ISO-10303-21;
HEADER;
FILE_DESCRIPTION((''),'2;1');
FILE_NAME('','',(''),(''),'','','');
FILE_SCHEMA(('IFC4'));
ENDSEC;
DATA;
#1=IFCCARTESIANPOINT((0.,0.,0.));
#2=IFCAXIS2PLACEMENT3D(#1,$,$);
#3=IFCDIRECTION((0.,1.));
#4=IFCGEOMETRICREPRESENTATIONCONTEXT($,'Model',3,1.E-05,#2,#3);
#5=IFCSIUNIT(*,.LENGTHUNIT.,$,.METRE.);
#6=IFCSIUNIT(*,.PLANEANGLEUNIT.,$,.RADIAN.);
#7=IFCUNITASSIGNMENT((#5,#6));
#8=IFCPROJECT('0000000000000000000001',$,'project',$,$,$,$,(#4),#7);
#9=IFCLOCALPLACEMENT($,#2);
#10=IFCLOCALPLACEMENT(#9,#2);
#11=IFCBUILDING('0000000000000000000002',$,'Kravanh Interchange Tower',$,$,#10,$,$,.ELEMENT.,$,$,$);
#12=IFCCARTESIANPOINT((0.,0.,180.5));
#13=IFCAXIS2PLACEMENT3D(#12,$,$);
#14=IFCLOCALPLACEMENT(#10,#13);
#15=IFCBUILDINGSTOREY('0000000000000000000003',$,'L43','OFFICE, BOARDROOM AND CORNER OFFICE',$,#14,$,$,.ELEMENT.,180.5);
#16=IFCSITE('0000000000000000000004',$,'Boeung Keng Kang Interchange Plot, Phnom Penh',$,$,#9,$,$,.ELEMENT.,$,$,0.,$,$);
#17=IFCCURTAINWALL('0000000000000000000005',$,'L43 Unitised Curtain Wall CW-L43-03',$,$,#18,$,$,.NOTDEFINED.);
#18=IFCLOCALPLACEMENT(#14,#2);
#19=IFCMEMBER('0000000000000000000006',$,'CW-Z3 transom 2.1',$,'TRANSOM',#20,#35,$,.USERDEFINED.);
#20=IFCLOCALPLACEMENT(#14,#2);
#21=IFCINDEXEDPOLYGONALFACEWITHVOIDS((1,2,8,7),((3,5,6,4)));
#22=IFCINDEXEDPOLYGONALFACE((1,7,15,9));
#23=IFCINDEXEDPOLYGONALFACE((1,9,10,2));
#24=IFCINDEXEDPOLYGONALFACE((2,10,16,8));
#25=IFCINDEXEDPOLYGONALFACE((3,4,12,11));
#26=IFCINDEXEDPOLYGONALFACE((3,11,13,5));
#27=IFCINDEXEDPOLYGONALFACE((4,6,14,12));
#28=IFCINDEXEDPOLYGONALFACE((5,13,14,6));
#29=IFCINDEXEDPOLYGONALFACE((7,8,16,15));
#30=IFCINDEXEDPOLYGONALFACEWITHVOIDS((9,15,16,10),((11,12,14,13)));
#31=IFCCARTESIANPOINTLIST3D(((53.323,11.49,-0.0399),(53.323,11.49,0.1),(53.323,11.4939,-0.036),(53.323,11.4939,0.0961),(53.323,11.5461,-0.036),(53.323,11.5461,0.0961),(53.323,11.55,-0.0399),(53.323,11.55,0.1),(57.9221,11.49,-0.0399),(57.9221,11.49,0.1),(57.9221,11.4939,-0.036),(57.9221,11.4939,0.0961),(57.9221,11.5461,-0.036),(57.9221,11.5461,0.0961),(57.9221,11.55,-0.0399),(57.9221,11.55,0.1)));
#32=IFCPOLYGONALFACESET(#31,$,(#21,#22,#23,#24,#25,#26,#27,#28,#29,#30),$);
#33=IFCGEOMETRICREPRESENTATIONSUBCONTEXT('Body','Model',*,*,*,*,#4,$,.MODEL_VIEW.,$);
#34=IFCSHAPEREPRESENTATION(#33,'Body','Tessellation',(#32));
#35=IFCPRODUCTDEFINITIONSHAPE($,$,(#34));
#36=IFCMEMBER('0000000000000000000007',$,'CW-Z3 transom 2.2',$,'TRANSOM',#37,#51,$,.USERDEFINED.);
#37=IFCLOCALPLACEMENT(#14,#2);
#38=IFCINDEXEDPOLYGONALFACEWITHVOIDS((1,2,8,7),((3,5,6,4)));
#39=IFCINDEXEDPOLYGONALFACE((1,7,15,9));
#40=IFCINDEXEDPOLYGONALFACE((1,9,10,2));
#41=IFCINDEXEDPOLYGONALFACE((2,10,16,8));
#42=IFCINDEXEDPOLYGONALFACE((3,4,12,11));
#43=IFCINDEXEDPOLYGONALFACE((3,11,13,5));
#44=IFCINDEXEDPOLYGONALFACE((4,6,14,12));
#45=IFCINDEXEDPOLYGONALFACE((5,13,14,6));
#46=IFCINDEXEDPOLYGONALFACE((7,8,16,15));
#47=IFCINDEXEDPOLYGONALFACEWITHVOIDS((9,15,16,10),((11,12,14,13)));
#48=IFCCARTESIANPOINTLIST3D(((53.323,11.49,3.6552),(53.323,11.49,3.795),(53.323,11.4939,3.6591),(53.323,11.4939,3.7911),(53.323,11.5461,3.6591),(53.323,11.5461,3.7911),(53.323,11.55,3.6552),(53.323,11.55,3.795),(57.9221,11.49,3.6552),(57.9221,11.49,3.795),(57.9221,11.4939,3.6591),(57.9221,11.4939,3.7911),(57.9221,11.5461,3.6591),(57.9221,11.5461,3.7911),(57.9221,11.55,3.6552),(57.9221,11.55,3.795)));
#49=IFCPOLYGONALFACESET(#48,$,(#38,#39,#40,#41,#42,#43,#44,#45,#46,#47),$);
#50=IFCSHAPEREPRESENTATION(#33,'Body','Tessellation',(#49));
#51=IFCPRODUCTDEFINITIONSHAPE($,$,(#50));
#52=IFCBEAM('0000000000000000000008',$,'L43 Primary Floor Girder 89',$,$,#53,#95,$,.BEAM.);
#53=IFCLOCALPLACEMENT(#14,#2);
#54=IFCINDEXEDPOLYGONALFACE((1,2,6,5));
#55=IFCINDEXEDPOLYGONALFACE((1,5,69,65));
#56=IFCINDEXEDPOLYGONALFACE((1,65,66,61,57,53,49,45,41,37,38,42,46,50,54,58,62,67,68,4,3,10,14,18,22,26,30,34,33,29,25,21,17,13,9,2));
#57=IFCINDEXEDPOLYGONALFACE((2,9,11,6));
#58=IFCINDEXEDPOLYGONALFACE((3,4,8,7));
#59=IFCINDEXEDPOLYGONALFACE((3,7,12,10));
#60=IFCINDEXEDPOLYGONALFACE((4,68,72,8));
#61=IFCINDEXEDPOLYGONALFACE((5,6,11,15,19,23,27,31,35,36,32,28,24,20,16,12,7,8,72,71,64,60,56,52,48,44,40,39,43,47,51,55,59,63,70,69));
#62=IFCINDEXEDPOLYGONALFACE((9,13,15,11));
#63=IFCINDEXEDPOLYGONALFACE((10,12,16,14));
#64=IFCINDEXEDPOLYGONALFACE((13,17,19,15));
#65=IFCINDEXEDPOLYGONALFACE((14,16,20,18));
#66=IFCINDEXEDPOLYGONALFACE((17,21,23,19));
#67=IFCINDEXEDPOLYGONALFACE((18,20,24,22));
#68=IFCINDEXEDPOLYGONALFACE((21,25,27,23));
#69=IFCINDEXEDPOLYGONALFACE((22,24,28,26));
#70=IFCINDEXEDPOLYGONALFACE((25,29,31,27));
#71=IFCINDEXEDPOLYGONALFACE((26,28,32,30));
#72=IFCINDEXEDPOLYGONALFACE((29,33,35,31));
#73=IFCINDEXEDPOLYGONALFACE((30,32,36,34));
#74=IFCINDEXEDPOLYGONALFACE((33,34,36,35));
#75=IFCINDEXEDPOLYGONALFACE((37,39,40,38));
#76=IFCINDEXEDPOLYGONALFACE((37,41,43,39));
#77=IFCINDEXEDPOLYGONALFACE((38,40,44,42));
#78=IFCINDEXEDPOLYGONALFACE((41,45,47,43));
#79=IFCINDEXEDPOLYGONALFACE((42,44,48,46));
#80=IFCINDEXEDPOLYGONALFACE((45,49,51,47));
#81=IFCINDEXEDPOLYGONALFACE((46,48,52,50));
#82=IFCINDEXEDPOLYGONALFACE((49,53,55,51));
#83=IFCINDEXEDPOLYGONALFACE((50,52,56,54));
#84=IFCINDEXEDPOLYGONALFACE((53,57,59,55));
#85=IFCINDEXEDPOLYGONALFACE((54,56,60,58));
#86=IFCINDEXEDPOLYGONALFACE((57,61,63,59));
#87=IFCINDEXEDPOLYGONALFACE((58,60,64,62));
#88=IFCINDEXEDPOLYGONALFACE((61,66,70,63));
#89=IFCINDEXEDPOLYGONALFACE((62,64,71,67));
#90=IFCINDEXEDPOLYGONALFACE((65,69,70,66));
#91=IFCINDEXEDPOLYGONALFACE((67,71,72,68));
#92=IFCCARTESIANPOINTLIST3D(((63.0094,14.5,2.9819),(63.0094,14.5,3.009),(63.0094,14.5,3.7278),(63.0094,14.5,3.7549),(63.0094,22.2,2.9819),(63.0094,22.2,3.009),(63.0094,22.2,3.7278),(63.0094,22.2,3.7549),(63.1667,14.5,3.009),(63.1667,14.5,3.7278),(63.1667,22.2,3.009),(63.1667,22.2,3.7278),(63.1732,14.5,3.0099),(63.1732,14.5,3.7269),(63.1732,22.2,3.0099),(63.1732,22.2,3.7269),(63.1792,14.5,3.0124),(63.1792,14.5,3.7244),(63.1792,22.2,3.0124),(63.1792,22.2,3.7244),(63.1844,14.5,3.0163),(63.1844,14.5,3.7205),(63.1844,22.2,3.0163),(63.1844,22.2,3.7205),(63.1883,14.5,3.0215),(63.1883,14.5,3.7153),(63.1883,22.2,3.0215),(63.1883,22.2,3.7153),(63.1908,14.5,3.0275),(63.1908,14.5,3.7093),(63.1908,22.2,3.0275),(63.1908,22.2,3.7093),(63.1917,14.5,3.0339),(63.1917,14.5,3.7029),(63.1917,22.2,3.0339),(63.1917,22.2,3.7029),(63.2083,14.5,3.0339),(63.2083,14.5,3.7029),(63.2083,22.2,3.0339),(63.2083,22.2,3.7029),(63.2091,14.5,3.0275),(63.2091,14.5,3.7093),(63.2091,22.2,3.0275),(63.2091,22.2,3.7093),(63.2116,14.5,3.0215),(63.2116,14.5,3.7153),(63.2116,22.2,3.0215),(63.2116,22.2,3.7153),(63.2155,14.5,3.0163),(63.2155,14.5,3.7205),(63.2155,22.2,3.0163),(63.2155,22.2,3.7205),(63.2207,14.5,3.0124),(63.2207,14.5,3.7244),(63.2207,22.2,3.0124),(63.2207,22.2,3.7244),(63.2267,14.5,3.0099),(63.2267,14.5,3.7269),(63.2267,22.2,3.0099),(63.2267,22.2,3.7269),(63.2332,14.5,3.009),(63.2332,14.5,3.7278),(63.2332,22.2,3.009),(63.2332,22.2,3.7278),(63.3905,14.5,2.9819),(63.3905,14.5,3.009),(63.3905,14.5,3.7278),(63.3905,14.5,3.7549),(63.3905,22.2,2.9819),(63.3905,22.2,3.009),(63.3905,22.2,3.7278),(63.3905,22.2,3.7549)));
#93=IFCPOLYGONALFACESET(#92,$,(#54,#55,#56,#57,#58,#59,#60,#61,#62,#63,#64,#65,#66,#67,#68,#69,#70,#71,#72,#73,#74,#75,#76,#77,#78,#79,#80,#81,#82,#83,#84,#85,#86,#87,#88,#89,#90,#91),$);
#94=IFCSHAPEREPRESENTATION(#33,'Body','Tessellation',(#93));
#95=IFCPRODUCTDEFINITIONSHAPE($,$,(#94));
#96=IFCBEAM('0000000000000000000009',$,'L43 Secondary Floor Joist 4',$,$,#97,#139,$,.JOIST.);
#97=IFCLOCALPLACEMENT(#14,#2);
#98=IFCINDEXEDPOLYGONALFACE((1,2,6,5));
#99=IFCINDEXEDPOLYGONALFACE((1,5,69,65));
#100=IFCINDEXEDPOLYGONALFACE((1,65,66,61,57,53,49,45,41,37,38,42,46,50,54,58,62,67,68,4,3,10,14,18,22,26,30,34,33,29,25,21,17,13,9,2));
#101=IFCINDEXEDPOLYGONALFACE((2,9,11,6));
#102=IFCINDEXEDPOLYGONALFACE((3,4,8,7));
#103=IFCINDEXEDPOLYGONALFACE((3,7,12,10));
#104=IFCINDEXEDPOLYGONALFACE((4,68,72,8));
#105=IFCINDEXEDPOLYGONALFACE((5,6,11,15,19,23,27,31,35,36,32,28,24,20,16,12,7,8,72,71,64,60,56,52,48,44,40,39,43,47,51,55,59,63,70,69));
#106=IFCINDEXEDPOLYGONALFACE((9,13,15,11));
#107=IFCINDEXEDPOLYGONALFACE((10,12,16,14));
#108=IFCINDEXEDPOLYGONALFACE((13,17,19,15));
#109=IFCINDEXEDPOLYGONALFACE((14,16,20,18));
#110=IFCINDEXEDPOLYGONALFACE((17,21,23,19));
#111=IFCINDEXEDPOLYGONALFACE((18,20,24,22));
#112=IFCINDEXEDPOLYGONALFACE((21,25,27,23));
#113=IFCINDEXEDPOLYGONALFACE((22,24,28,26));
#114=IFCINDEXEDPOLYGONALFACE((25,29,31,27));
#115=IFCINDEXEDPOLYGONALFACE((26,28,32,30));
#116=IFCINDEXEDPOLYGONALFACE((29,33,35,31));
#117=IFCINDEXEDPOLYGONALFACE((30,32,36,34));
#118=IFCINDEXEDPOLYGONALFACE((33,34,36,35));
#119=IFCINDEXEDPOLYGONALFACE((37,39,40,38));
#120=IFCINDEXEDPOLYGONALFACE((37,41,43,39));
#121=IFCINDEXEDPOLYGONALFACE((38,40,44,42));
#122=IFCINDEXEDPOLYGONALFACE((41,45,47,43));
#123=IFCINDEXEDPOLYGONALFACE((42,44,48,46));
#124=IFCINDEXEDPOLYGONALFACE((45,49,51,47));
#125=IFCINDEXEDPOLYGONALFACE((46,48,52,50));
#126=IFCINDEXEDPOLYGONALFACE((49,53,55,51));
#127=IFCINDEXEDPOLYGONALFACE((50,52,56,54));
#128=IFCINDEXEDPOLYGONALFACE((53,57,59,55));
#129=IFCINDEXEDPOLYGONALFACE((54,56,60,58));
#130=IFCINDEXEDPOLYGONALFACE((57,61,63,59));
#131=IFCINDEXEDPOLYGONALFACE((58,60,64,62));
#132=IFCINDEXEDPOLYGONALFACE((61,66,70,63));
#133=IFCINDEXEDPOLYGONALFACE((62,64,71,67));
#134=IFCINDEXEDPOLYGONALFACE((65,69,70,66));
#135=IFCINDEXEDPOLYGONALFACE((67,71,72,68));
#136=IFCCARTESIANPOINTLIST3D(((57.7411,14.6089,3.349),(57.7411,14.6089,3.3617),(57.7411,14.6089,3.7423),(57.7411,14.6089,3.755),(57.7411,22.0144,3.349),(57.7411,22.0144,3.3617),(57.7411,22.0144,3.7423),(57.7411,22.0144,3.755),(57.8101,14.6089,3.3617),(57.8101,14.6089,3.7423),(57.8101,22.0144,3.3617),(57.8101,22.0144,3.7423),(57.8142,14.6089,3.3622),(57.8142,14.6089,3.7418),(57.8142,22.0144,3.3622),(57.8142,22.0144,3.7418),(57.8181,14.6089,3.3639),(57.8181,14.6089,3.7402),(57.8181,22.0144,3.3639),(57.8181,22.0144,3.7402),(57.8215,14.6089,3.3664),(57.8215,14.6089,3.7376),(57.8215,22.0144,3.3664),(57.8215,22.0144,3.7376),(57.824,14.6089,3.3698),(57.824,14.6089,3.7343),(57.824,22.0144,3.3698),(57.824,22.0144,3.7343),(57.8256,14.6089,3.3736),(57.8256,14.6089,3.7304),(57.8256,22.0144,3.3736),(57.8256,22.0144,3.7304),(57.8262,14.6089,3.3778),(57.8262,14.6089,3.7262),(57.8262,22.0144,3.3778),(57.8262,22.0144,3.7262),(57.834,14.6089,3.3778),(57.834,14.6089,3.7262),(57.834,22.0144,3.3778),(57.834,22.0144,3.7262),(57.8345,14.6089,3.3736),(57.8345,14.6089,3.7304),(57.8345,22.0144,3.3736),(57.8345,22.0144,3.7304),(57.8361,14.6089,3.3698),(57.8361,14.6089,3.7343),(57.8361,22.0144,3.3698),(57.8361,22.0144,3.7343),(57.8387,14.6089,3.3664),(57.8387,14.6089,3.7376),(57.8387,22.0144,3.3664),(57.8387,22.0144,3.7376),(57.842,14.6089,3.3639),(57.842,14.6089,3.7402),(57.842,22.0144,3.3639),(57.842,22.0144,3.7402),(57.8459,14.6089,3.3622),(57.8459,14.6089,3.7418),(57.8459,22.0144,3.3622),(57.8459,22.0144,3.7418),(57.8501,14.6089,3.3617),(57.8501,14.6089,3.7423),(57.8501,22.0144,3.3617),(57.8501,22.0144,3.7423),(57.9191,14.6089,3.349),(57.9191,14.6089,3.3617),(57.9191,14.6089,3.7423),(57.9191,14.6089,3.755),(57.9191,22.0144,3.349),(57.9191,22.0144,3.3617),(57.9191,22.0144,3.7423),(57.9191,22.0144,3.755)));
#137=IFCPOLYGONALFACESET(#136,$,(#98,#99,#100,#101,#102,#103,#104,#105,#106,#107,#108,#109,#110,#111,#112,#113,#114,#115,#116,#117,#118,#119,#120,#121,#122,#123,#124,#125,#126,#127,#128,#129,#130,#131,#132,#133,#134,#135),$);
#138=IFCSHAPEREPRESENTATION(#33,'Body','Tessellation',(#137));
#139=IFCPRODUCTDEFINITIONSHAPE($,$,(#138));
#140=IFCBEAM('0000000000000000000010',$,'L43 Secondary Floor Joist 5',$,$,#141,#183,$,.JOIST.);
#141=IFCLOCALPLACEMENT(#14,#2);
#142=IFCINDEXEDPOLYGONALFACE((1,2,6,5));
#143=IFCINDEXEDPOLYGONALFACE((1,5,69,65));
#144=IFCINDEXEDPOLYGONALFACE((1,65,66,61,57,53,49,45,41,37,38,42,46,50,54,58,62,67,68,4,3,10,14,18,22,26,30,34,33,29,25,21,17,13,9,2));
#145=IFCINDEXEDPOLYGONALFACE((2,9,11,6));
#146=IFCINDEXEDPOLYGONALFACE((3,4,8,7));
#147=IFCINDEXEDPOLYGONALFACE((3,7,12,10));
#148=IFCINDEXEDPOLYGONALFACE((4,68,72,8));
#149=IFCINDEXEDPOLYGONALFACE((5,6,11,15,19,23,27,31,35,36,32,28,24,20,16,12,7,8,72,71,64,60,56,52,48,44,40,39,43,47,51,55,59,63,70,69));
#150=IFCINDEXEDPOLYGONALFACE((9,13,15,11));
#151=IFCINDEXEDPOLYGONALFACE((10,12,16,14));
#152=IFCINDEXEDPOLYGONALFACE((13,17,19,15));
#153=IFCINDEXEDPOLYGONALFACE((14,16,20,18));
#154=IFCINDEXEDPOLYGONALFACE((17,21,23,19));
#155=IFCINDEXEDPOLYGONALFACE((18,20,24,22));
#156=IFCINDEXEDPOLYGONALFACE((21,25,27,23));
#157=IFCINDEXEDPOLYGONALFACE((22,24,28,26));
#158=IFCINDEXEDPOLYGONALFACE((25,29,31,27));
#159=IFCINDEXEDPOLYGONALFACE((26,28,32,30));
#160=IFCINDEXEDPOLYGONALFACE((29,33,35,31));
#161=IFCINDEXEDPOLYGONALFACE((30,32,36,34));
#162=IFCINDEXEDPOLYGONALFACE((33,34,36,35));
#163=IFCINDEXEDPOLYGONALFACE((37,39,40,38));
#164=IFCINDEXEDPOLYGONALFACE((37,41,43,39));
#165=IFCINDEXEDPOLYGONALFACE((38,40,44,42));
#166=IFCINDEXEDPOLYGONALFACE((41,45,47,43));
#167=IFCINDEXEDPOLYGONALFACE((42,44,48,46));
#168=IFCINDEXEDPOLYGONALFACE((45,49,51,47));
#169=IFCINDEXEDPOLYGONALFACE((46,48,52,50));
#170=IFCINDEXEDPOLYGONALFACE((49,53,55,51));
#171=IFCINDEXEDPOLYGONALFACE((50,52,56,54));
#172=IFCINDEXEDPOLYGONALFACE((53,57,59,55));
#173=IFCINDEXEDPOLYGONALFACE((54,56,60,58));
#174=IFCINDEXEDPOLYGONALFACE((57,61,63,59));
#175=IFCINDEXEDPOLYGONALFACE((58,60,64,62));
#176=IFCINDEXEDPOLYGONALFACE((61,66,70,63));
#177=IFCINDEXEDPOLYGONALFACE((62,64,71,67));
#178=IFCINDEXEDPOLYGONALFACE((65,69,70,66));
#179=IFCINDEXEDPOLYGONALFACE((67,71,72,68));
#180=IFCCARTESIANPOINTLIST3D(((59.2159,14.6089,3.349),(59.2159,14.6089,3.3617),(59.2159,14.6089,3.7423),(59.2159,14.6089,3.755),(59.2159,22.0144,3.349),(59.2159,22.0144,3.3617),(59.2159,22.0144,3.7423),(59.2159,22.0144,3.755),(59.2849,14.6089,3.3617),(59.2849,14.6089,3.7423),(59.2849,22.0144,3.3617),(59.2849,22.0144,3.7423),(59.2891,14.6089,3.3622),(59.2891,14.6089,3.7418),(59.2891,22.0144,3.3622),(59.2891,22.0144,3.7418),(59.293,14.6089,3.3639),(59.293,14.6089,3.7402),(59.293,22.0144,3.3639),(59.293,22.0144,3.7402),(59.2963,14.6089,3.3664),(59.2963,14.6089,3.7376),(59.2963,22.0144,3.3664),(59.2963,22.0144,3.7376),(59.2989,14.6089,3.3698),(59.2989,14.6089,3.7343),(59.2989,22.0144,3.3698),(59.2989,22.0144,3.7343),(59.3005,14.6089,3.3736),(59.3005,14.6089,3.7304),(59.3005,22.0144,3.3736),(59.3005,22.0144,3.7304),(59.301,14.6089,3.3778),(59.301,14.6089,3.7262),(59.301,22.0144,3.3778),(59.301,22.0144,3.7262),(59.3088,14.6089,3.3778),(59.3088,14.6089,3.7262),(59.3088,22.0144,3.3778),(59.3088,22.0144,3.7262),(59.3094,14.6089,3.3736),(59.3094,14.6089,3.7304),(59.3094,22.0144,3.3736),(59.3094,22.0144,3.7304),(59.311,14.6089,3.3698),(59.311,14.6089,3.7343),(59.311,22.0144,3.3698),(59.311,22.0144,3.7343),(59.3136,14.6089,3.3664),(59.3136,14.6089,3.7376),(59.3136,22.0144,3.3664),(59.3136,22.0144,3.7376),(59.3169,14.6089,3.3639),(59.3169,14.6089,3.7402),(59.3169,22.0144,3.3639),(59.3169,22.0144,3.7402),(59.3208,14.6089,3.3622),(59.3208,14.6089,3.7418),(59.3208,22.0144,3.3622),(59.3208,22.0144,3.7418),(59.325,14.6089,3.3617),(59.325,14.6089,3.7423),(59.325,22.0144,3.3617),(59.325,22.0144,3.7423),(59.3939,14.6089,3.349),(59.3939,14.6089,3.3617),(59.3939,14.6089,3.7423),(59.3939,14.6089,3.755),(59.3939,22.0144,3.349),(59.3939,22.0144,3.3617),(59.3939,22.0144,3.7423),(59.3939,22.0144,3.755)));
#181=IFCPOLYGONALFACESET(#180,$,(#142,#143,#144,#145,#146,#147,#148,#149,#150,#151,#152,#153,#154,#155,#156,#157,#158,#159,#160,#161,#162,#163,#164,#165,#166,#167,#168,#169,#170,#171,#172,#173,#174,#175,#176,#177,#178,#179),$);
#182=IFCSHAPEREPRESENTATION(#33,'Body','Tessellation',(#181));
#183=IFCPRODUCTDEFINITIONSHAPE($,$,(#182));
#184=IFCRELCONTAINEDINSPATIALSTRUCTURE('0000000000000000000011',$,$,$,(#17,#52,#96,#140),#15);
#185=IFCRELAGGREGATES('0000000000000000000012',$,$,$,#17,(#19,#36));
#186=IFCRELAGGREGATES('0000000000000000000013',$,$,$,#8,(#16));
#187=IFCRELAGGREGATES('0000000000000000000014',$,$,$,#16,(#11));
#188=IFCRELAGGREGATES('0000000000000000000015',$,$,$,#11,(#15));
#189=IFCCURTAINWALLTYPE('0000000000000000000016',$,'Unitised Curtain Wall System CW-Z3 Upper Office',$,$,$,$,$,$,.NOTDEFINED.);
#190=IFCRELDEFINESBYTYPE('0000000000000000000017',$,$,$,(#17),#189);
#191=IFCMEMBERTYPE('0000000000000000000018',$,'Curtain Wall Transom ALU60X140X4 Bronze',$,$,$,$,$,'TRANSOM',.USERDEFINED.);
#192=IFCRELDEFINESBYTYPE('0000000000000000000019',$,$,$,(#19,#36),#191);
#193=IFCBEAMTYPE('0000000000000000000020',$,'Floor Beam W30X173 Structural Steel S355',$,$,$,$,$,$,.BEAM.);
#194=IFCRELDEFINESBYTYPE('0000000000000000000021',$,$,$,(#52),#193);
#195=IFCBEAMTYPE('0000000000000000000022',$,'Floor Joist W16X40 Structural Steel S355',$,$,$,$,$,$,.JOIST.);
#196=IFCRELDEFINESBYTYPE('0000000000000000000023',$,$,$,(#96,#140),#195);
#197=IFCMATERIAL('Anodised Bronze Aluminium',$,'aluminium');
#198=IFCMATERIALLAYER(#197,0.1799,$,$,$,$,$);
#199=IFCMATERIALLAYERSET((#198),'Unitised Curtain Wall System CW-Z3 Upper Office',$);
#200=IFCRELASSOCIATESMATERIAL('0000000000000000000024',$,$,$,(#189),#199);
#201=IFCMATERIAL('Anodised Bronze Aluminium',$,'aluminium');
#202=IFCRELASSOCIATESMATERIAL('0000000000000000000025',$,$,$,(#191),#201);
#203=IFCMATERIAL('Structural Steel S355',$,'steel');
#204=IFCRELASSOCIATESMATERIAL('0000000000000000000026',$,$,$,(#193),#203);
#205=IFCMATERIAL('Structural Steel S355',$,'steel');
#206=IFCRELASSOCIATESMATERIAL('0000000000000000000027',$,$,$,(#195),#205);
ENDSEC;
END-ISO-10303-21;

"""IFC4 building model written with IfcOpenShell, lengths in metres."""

from ifc_helpers import new_model, si_unit, direction, frame, origin, origin_2d, place, context, subcontext, project, spatial, hollow_rectangle, i_section, extrude, material, layer, layer_set, material_profile, profile_set, type_object, element, aggregate, save


model = new_model("IFC4")

# Units and contexts
model_context = context("Model", 3, precision=1e-05, world=origin(), true_north=direction((0.0, 1.0)))
body_context = subcontext(model_context, "Body", "Model", "MODEL_VIEW")
ifc_project = project(units=[si_unit("LENGTHUNIT", "METRE"), si_unit("PLANEANGLEUNIT", "RADIAN")], contexts=[model_context])

# Site, building, storey
site_placement = place(None, origin())
site = spatial("IfcSite", under=ifc_project, at=site_placement, Name="Boeung Keng Kang Interchange Plot, Phnom Penh", CompositionType="ELEMENT", RefElevation=0.0)
building_placement = place(site_placement, origin())
building = spatial("IfcBuilding", under=site, at=building_placement, Name="Kravanh Interchange Tower", CompositionType="ELEMENT")
storey_placement = place(building_placement, frame((0.0, 0.0, 180.5)))
storey = spatial("IfcBuildingStorey", under=building, at=storey_placement, Name="L43", Description="OFFICE, BOARDROOM AND CORNER OFFICE", CompositionType="ELEMENT", Elevation=180.5)

# Curtain wall
ifc_material_1 = material(Name="Anodised Bronze Aluminium", Category="aluminium")
ifc_layer_1 = layer(ifc_material_1, 0.1799)
ifc_layer_set_1 = layer_set([ifc_layer_1], Name="Unitised Curtain Wall System CW-Z3 Upper Office")
curtain_wall_type = type_object("IfcCurtainWallType", Name="Unitised Curtain Wall System CW-Z3 Upper Office", PredefinedType="NOTDEFINED", material=ifc_layer_set_1)
curtain_wall_1_placement = place(storey_placement, origin())
curtain_wall_1 = element("IfcCurtainWall", 1, at=curtain_wall_1_placement, inside=storey, type_object=curtain_wall_type, Name="L43 Unitised Curtain Wall CW-L43-03", PredefinedType="NOTDEFINED")

# Members
ifc_material_2 = material(Name="Anodised Bronze Aluminium", Category="aluminium")
ifc_material_profile_1 = material_profile(ifc_material_2, hollow_rectangle(XDim=0.0601, YDim=0.1399, WallThickness=0.0039, at=origin_2d()), Name="ALU60X140X4")
ifc_profile_set_1 = profile_set([ifc_material_profile_1], Name="Anodised Bronze Aluminium")
member_type_1 = type_object("IfcMemberType", Name="Curtain Wall Transom ALU60X140X4 Bronze", ElementType="TRANSOM", PredefinedType="USERDEFINED", material=ifc_profile_set_1)
member_1_placement = place(storey_placement, frame((57.9221, 11.52, 0.03), z_axis=(-1.0, 0.0, 0.0), x_axis=(0.0, -1.0, 0.0)))
member_1 = element("IfcMember", 2, at=member_1_placement, type_object=member_type_1, Name="CW-Z3 transom 2.1", ObjectType="TRANSOM", PredefinedType="USERDEFINED", context=body_context, shape_type="SweptSolid", body=[
    extrude(hollow_rectangle(XDim=0.0601, YDim=0.1399, WallThickness=0.0039, at=origin_2d()), origin(), (0.0, 0.0, 1.0), 4.5991),
])
member_2_placement = place(storey_placement, frame((57.9221, 11.52, 3.7251), z_axis=(-1.0, 0.0, 0.0), x_axis=(0.0, -1.0, 0.0)))
member_2 = element("IfcMember", 3, at=member_2_placement, type_object=member_type_1, Name="CW-Z3 transom 2.2", ObjectType="TRANSOM", PredefinedType="USERDEFINED", context=body_context, shape_type="SweptSolid", body=[
    extrude(hollow_rectangle(XDim=0.0601, YDim=0.1399, WallThickness=0.0039, at=origin_2d()), origin(), (0.0, 0.0, 1.0), 4.5991),
])

# Beams
ifc_material_3 = material(Name="Structural Steel S355", Category="steel")
ifc_material_profile_2 = material_profile(ifc_material_3, i_section(OverallWidth=0.3811, OverallDepth=0.7729, WebThickness=0.0166, FlangeThickness=0.0271, FilletRadius=0.0249, at=origin_2d()), Name="W30X173")
ifc_profile_set_2 = profile_set([ifc_material_profile_2], Name="Structural Steel S355")
beam_type_1 = type_object("IfcBeamType", Name="Floor Beam W30X173 Structural Steel S355", PredefinedType="BEAM", material=ifc_profile_set_2)
beam_1_placement = place(storey_placement, frame((63.2, 14.5, 3.3684), z_axis=(0.0, 1.0, 0.0), x_axis=(-1.0, 0.0, 0.0)))
element("IfcBeam", 4, at=beam_1_placement, inside=storey, type_object=beam_type_1, Name="L43 Primary Floor Girder 89", PredefinedType="BEAM", context=body_context, shape_type="SweptSolid", body=[
    extrude(i_section(OverallWidth=0.3811, OverallDepth=0.7729, WebThickness=0.0166, FlangeThickness=0.0271, FilletRadius=0.0249, at=origin_2d()), origin(), (0.0, 0.0, 1.0), 7.7),
])
ifc_material_4 = material(Name="Structural Steel S355", Category="steel")
ifc_material_profile_3 = material_profile(ifc_material_4, i_section(OverallWidth=0.178, OverallDepth=0.406, WebThickness=0.0078, FlangeThickness=0.0127, FilletRadius=0.0161, at=origin_2d()), Name="W16X40")
ifc_profile_set_3 = profile_set([ifc_material_profile_3], Name="Structural Steel S355")
beam_type_2 = type_object("IfcBeamType", Name="Floor Joist W16X40 Structural Steel S355", PredefinedType="JOIST", material=ifc_profile_set_3)
for number, where, z_axis, x_axis, name in (
    (5, (57.8301, 14.6089, 3.552), (0.0, 1.0, 0.0), (-1.0, 0.0, 0.0), "L43 Secondary Floor Joist 4"),
    (6, (59.3049, 14.6089, 3.552), (0.0, 1.0, 0.0), (-1.0, 0.0, 0.0), "L43 Secondary Floor Joist 5"),
):
    element("IfcBeam", number, at=place(storey_placement, frame(where, z_axis=z_axis, x_axis=x_axis)), inside=storey, type_object=beam_type_2, Name=name, PredefinedType="JOIST", context=body_context, shape_type="SweptSolid", body=[
        extrude(i_section(OverallWidth=0.178, OverallDepth=0.406, WebThickness=0.0078, FlangeThickness=0.0127, FilletRadius=0.0161, at=origin_2d()), origin(), (0.0, 0.0, 1.0), 7.4055),
    ])

aggregate(curtain_wall_1, [member_1, member_2])

save(model, "model.ifc")
